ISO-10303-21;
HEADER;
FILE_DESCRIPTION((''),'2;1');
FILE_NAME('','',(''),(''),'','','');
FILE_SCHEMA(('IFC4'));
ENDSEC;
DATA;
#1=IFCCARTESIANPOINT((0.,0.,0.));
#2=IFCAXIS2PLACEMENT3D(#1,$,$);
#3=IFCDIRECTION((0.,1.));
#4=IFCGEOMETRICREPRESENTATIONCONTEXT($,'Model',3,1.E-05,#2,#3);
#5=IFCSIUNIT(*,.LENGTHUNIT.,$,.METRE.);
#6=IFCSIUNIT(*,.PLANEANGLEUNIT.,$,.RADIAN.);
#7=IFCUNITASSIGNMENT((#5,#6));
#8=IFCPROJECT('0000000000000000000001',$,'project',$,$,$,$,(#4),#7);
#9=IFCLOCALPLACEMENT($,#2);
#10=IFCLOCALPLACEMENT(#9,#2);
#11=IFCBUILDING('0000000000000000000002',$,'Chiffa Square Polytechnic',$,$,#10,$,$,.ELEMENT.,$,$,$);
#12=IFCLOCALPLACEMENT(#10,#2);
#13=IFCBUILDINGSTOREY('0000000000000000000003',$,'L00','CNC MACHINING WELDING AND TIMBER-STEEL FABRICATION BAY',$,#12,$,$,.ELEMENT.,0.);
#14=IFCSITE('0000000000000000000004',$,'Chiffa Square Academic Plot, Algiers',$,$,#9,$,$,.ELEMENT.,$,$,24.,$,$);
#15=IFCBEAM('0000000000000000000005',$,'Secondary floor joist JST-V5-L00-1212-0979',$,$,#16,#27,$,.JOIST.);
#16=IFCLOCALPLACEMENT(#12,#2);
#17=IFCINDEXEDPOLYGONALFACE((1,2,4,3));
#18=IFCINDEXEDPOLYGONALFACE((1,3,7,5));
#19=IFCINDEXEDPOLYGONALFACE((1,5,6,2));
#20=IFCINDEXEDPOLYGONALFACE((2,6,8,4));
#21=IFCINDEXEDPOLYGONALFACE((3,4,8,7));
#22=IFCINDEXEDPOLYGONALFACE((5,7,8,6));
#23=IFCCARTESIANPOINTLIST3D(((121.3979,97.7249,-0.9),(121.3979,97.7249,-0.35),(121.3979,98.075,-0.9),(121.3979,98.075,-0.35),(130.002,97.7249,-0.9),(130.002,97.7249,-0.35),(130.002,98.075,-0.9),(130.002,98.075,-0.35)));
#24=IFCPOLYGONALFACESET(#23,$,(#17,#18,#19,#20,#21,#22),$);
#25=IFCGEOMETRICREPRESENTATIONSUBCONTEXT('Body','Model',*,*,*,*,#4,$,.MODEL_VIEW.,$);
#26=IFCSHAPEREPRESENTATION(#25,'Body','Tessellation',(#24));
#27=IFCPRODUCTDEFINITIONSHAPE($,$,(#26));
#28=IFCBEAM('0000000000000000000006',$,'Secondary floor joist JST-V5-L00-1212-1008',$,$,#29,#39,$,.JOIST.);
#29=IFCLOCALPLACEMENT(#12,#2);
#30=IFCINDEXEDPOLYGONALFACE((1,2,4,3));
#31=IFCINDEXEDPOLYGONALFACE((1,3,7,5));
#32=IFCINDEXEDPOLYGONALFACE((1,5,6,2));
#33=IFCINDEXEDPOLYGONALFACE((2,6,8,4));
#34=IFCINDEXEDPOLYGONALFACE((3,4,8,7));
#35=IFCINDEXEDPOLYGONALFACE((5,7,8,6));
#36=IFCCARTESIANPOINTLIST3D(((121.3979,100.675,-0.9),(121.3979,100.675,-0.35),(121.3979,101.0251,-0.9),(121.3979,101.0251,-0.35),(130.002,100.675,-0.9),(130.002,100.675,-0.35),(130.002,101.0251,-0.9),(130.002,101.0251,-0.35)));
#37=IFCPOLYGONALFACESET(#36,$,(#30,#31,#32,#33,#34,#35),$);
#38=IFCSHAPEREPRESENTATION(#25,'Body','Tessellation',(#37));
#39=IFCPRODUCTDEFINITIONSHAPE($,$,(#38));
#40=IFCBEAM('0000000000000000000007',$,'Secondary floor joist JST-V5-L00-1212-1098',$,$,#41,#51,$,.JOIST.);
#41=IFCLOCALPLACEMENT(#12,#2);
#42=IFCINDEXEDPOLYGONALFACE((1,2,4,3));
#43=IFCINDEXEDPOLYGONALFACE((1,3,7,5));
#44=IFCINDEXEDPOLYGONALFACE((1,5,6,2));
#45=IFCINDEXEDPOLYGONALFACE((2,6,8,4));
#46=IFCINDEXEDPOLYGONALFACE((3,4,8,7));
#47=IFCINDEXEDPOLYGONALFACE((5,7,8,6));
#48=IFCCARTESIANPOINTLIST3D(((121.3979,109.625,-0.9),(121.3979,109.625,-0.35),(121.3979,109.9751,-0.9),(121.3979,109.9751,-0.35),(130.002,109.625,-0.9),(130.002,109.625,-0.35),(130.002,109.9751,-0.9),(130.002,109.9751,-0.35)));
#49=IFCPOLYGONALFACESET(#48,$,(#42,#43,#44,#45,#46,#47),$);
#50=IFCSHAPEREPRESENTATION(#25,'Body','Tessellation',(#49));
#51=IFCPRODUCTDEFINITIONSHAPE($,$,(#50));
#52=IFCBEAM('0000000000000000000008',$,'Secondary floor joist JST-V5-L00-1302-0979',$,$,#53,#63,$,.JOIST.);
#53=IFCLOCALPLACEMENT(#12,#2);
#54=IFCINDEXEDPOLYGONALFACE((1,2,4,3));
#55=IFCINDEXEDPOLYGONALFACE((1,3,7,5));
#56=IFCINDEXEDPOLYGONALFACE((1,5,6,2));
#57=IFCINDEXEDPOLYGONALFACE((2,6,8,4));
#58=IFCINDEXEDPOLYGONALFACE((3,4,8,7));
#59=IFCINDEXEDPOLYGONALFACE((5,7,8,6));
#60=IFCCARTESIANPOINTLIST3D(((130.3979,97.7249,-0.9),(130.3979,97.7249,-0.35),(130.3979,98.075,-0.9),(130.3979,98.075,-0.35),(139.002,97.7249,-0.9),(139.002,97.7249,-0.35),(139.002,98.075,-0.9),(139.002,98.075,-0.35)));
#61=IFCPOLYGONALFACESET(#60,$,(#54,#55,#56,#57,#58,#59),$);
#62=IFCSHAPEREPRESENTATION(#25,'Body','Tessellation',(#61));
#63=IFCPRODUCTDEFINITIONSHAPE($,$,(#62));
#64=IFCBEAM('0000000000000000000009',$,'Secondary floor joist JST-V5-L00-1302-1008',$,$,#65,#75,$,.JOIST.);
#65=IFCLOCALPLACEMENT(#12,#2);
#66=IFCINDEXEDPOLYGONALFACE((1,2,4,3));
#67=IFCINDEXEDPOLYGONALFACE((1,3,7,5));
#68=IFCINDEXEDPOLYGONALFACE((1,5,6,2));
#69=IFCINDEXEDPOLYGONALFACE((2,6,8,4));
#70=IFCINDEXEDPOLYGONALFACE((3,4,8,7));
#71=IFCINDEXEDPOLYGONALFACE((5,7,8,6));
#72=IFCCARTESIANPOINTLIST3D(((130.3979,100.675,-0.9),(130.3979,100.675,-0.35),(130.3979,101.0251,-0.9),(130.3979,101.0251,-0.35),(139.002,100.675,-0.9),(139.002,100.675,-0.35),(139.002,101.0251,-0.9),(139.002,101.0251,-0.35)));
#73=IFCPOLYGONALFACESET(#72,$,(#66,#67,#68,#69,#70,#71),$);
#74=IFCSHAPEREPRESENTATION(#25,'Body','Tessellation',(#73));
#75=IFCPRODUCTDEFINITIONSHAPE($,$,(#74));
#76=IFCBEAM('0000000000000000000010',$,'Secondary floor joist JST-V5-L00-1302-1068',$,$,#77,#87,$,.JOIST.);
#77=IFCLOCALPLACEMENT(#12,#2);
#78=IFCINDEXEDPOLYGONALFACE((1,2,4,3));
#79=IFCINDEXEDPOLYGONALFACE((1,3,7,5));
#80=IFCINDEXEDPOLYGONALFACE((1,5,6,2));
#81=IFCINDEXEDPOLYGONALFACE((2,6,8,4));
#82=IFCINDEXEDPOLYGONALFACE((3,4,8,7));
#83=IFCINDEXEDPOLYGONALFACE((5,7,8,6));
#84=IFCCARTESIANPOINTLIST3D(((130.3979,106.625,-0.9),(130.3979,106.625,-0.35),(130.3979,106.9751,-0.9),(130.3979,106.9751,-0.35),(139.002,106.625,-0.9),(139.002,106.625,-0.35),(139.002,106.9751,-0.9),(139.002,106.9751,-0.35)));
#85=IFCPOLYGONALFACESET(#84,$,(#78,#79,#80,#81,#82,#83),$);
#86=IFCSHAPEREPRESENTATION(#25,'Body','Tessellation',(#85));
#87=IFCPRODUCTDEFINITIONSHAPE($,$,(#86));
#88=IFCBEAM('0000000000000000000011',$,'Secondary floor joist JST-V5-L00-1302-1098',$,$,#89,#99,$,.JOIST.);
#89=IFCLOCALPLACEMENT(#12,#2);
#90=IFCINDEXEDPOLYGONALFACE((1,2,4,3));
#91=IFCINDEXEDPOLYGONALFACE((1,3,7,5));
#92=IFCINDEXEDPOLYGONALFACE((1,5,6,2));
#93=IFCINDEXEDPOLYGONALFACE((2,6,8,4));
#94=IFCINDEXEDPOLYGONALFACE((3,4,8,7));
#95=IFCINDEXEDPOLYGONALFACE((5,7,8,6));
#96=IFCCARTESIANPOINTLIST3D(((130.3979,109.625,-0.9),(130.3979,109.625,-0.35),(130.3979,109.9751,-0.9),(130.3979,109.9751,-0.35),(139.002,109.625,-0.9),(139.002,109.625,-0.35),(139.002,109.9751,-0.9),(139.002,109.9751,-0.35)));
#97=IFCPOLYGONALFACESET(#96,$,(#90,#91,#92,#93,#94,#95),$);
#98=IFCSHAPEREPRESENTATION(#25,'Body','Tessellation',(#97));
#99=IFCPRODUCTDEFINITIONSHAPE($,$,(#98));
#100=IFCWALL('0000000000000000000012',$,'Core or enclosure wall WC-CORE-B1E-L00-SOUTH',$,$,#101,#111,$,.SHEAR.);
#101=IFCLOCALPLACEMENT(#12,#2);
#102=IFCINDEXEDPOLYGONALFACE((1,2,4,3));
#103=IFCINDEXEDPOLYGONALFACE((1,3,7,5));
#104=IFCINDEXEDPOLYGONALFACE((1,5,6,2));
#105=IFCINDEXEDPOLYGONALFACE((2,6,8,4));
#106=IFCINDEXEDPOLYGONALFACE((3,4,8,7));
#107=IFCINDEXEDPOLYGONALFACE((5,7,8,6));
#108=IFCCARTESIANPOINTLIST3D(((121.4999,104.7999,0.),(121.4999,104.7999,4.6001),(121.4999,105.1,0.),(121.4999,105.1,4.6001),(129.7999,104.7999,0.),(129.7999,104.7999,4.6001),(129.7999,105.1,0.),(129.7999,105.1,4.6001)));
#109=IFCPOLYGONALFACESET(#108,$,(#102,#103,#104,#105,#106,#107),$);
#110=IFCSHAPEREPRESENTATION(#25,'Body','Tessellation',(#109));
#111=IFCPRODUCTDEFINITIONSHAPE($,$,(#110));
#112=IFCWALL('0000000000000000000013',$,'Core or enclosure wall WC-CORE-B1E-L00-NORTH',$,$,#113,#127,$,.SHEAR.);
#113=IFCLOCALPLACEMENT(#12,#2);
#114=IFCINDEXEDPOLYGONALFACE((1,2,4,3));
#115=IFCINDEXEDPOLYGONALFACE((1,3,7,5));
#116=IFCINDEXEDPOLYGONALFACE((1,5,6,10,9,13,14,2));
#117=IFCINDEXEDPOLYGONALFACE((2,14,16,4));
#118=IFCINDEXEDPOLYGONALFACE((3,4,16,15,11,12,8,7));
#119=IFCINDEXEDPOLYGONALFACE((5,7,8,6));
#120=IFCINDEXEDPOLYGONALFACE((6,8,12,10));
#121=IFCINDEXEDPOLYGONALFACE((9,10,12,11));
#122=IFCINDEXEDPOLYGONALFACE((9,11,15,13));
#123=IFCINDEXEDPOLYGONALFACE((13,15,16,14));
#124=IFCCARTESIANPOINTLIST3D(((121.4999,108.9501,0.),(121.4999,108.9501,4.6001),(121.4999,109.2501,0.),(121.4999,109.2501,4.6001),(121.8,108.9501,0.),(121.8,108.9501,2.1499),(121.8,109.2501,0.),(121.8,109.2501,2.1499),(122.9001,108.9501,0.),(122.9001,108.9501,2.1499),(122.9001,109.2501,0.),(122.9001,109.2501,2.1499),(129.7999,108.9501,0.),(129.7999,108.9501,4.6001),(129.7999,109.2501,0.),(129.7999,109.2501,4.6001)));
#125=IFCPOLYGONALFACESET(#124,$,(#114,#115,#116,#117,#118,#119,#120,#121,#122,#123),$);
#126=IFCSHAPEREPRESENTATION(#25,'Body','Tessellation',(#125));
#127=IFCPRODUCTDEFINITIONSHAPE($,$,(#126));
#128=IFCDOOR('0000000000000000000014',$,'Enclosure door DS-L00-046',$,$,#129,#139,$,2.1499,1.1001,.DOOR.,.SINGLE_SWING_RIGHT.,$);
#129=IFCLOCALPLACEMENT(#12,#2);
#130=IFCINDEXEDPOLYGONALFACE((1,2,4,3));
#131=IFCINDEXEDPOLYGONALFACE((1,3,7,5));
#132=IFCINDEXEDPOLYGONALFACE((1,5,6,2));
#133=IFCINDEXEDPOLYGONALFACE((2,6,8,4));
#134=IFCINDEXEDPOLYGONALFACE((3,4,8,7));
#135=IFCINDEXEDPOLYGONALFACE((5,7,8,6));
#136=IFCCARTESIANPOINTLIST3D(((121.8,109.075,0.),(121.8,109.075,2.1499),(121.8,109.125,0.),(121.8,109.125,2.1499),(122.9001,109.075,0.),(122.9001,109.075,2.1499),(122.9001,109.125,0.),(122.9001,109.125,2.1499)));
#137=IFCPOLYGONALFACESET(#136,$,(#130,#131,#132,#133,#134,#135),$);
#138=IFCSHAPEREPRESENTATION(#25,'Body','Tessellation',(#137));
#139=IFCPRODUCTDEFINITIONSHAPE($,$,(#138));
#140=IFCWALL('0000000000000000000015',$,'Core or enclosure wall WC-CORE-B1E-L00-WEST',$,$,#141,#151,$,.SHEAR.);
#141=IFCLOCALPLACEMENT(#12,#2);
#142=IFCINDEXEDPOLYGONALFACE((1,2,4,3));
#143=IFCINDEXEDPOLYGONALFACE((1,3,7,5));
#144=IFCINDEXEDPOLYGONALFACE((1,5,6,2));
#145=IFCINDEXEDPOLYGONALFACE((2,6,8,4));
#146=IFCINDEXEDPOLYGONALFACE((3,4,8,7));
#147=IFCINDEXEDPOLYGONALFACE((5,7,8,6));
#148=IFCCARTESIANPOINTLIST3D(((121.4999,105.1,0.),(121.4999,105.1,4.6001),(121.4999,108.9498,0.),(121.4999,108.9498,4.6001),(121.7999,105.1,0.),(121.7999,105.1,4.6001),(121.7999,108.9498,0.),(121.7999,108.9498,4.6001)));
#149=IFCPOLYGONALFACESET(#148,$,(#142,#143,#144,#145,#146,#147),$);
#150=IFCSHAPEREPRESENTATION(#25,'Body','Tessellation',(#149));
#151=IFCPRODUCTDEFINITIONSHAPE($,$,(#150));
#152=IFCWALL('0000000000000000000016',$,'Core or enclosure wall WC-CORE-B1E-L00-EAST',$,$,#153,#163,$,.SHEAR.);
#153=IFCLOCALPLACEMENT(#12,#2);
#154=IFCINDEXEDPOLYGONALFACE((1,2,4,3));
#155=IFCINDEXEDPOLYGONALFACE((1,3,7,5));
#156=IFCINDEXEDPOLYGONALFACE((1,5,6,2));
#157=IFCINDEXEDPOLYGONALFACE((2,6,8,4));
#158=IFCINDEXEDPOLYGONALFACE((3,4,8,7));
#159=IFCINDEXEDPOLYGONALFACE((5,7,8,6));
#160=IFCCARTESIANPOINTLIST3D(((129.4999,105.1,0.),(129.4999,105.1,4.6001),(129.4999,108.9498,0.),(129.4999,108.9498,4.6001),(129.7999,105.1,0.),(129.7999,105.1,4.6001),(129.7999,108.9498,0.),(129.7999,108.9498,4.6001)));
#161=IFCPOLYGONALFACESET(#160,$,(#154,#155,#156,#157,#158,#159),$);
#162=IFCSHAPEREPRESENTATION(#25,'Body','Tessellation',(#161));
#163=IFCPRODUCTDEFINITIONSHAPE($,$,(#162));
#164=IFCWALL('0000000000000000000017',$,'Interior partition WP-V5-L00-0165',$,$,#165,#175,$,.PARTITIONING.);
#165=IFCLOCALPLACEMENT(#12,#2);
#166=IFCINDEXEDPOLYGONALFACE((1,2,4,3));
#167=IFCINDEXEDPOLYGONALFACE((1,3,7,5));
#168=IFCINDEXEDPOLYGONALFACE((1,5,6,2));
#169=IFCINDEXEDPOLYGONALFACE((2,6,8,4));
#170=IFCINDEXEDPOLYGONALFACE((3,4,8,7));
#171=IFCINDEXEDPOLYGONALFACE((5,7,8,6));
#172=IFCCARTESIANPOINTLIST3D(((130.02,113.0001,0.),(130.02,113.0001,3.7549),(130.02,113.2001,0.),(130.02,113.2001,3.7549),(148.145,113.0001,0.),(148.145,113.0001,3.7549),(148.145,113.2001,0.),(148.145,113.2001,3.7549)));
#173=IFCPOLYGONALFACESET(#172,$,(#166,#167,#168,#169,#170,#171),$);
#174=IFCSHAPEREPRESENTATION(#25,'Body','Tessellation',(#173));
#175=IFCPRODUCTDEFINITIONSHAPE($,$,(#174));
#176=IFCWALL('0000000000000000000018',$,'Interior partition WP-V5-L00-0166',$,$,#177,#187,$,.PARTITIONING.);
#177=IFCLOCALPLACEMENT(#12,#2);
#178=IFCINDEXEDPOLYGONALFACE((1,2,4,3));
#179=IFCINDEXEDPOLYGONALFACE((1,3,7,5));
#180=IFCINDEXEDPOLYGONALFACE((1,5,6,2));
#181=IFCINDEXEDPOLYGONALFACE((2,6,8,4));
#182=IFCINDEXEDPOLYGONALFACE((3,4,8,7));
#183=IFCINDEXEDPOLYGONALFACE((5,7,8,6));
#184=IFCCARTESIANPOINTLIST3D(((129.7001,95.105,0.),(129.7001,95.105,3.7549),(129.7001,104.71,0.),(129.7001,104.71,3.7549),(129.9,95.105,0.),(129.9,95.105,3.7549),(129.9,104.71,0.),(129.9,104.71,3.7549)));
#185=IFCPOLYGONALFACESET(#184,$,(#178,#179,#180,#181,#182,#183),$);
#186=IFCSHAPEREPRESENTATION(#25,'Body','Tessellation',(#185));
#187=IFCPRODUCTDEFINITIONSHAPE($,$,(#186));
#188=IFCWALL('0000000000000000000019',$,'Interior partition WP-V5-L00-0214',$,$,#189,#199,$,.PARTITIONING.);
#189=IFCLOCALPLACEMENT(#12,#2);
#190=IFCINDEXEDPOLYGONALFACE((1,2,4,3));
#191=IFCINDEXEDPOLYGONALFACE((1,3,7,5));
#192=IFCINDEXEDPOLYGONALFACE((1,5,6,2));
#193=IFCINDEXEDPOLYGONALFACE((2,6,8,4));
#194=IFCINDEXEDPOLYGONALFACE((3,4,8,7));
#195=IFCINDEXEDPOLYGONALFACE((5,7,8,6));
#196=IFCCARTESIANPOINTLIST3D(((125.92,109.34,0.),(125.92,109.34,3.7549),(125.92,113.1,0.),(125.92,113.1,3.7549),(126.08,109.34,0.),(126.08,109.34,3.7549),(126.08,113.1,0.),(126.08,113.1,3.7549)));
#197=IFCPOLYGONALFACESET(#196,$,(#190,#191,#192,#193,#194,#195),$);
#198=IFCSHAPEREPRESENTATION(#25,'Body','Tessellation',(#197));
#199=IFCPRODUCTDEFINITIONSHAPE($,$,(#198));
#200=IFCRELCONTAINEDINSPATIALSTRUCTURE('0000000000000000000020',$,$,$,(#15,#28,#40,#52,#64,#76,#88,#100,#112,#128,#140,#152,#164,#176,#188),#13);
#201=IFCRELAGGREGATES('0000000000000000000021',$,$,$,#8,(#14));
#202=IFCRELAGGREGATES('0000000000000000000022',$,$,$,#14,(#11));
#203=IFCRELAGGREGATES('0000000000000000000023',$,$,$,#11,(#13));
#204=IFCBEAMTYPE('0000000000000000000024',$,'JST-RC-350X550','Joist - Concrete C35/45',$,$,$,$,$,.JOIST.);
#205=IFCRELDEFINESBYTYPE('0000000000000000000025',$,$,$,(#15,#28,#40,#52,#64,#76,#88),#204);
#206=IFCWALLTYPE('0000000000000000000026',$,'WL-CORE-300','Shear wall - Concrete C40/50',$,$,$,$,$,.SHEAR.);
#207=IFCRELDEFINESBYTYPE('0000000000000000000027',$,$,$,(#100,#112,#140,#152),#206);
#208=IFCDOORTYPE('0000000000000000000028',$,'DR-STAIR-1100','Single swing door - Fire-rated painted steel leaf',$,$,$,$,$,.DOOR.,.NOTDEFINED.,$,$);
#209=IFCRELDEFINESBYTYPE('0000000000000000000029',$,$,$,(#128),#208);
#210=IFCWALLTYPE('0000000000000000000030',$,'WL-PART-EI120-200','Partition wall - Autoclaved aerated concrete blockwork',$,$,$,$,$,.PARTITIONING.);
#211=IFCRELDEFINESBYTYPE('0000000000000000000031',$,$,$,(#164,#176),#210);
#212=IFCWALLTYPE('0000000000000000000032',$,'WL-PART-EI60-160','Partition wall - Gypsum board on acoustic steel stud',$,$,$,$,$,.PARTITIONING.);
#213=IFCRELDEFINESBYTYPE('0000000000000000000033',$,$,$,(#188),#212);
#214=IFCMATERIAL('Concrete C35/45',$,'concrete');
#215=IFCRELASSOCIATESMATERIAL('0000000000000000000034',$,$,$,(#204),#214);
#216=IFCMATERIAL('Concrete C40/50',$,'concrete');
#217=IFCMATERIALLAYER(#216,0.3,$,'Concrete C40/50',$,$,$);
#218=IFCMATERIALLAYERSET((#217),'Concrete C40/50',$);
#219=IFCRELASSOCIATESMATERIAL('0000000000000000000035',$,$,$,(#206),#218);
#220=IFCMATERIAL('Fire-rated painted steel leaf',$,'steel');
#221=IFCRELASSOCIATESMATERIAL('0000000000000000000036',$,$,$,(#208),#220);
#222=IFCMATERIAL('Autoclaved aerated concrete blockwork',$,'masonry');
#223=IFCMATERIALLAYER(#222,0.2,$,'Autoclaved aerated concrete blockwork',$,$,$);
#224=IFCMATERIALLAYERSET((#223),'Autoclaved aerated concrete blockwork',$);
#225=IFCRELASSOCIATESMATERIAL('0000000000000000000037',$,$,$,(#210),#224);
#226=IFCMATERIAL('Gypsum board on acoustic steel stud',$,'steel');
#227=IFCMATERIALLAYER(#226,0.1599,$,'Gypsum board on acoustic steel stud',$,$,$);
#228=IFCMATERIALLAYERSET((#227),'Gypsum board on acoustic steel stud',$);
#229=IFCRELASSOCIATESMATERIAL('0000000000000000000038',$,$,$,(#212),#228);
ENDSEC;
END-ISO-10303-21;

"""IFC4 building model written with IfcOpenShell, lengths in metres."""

from ifc_helpers import new_model, si_unit, direction, frame, frame_2d, origin, origin_2d, place, context, subcontext, project, spatial, rectangle, extrude, material, layer, layer_set, material_profile, profile_set, type_object, element, fill, save


model = new_model("IFC4")

# Units and contexts
model_context = context("Model", 3, precision=1e-05, world=origin(), true_north=direction((0.0, 1.0)))
body_context = subcontext(model_context, "Body", "Model", "MODEL_VIEW")
ifc_project = project(units=[si_unit("LENGTHUNIT", "METRE"), si_unit("PLANEANGLEUNIT", "RADIAN")], contexts=[model_context])

# Site, building, storey
site_placement = place(None, origin())
site = spatial("IfcSite", under=ifc_project, at=site_placement, Name="Chiffa Square Academic Plot, Algiers", CompositionType="ELEMENT", RefElevation=24.0)
building_placement = place(site_placement, origin())
building = spatial("IfcBuilding", under=site, at=building_placement, Name="Chiffa Square Polytechnic", CompositionType="ELEMENT")
storey_placement = place(building_placement, origin())
storey = spatial("IfcBuildingStorey", under=building, at=storey_placement, Name="L00", Description="CNC MACHINING WELDING AND TIMBER-STEEL FABRICATION BAY", CompositionType="ELEMENT", Elevation=0.0)

# Shared definitions
ifc_material_1 = material(Name="Concrete C40/50", Category="concrete")

# Beams
ifc_material_2 = material(Name="Concrete C35/45", Category="concrete")
ifc_material_profile_1 = material_profile(ifc_material_2, rectangle(XDim=0.3501, YDim=0.55, at=origin_2d()), Name="RC 350x550")
ifc_profile_set_1 = profile_set([ifc_material_profile_1], Name="Concrete C35/45")
beam_type_1 = type_object("IfcBeamType", Name="JST-RC-350X550", Description="Joist - Concrete C35/45", PredefinedType="JOIST", material=ifc_profile_set_1)
for number, where, z_axis, x_axis, name in (
    (1, (121.3979, 97.8999, -0.625), (1.0, 0.0, 0.0), (0.0, 1.0, 0.0), "Secondary floor joist JST-V5-L00-1212-0979"),
    (2, (121.3979, 100.8501, -0.625), (1.0, 0.0, 0.0), (0.0, 1.0, 0.0), "Secondary floor joist JST-V5-L00-1212-1008"),
    (3, (121.3979, 109.8, -0.625), (1.0, 0.0, 0.0), (0.0, 1.0, 0.0), "Secondary floor joist JST-V5-L00-1212-1098"),
    (4, (130.3979, 97.8999, -0.625), (1.0, 0.0, 0.0), (0.0, 1.0, 0.0), "Secondary floor joist JST-V5-L00-1302-0979"),
    (5, (130.3979, 100.8501, -0.625), (1.0, 0.0, 0.0), (0.0, 1.0, 0.0), "Secondary floor joist JST-V5-L00-1302-1008"),
    (6, (130.3979, 106.8, -0.625), (1.0, 0.0, 0.0), (0.0, 1.0, 0.0), "Secondary floor joist JST-V5-L00-1302-1068"),
    (7, (130.3979, 109.8, -0.625), (1.0, 0.0, 0.0), (0.0, 1.0, 0.0), "Secondary floor joist JST-V5-L00-1302-1098"),
):
    element("IfcBeam", number, at=place(storey_placement, frame(where, z_axis=z_axis, x_axis=x_axis)), inside=storey, type_object=beam_type_1, Name=name, PredefinedType="JOIST", context=body_context, shape_type="SweptSolid", body=[
        extrude(rectangle(XDim=0.3501, YDim=0.55, at=origin_2d()), origin(), (0.0, 0.0, 1.0), 8.604),
    ])

# Wall
ifc_layer_1 = layer(ifc_material_1, 0.3, Name="Concrete C40/50")
ifc_layer_set_1 = layer_set([ifc_layer_1], Name="Concrete C40/50")
wall_type_1 = type_object("IfcWallType", Name="WL-CORE-300", Description="Shear wall - Concrete C40/50", PredefinedType="SHEAR", material=ifc_layer_set_1)
wall_1_placement = place(storey_placement, frame((121.5, 104.95, 0.0), z_axis=(0.0, 0.0, 1.0), x_axis=(1.0, 0.0, 0.0)))
element("IfcWall", 8, at=wall_1_placement, inside=storey, type_object=wall_type_1, Name="Core or enclosure wall WC-CORE-B1E-L00-SOUTH", PredefinedType="SHEAR", context=body_context, shape_type="SweptSolid", body=[
    extrude(rectangle(XDim=8.3, YDim=0.3, at=frame_2d((4.1499, 0.0))), origin(), (0.0, 0.0, 1.0), 4.6001),
])

# Wall, opening, door
wall_2_placement = place(storey_placement, frame((121.5, 109.1001, 0.0), z_axis=(0.0, 0.0, 1.0), x_axis=(1.0, 0.0, 0.0)))
wall_2 = element("IfcWall", 9, at=wall_2_placement, inside=storey, type_object=wall_type_1, Name="Core or enclosure wall WC-CORE-B1E-L00-NORTH", PredefinedType="SHEAR", context=body_context, shape_type="SweptSolid", body=[
    extrude(rectangle(XDim=8.3, YDim=0.3, at=frame_2d((4.1499, 0.0))), origin(), (0.0, 0.0, 1.0), 4.6001),
])
opening_1_placement = place(wall_2_placement, frame((0.3, 0.0, 0.0)))
opening_1 = element("IfcOpeningElement", 10, at=opening_1_placement, cuts=wall_2, PredefinedType="OPENING", context=body_context, shape_type="SweptSolid", body=[
    extrude(rectangle(XDim=1.1001, YDim=2.1499, at=frame_2d((0.55, 1.075))), frame((0.0, 0.1602, 0.0), z_axis=(0.0, -1.0, 0.0), x_axis=(1.0, 0.0, 0.0)), (0.0, 0.0, 1.0), 0.3201),
])
ifc_material_3 = material(Name="Fire-rated painted steel leaf", Category="steel")
door_type_1 = type_object("IfcDoorType", Name="DR-STAIR-1100", Description="Single swing door - Fire-rated painted steel leaf", OperationType="NOTDEFINED", PredefinedType="DOOR", material=ifc_material_3)
door_1_placement = place(opening_1_placement, origin())
door_1 = element("IfcDoor", 11, at=door_1_placement, inside=storey, type_object=door_type_1, Name="Enclosure door DS-L00-046", OperationType="SINGLE_SWING_RIGHT", OverallHeight=2.1499, OverallWidth=1.1001, PredefinedType="DOOR", context=body_context, shape_type="SweptSolid", body=[
    extrude(rectangle(XDim=1.1001, YDim=2.1499, at=frame_2d((0.55, 1.075))), frame((0.0, 0.0249, 0.0), z_axis=(0.0, -1.0, 0.0), x_axis=(1.0, 0.0, 0.0)), (0.0, 0.0, 1.0), 0.05),
])
fill(opening_1, door_1)

# Walls
for number, where, z_axis, x_axis, name in (
    (12, (121.6499, 105.1001, 0.0), (0.0, 0.0, 1.0), (0.0, 1.0, 0.0), "Core or enclosure wall WC-CORE-B1E-L00-WEST"),
    (13, (129.6499, 105.1001, 0.0), (0.0, 0.0, 1.0), (0.0, 1.0, 0.0), "Core or enclosure wall WC-CORE-B1E-L00-EAST"),
):
    element("IfcWall", number, at=place(storey_placement, frame(where, z_axis=z_axis, x_axis=x_axis)), inside=storey, type_object=wall_type_1, Name=name, PredefinedType="SHEAR", context=body_context, shape_type="SweptSolid", body=[
        extrude(rectangle(XDim=3.8499, YDim=0.3, at=frame_2d((1.9248, 0.0))), origin(), (0.0, 0.0, 1.0), 4.6001),
    ])

# Shared definitions
ifc_material_4 = material(Name="Autoclaved aerated concrete blockwork", Category="masonry")
ifc_layer_2 = layer(ifc_material_4, 0.2, Name="Autoclaved aerated concrete blockwork")
ifc_layer_set_2 = layer_set([ifc_layer_2], Name="Autoclaved aerated concrete blockwork")
wall_type_2 = type_object("IfcWallType", Name="WL-PART-EI120-200", Description="Partition wall - Autoclaved aerated concrete blockwork", PredefinedType="PARTITIONING", material=ifc_layer_set_2)

# Walls
wall_3_placement = place(storey_placement, frame((130.02, 113.1001, 0.0), z_axis=(0.0, 0.0, 1.0), x_axis=(1.0, 0.0, 0.0)))
element("IfcWall", 14, at=wall_3_placement, inside=storey, type_object=wall_type_2, Name="Interior partition WP-V5-L00-0165", PredefinedType="PARTITIONING", context=body_context, shape_type="SweptSolid", body=[
    extrude(rectangle(XDim=18.125, YDim=0.2, at=frame_2d((9.0625, 0.0))), origin(), (0.0, 0.0, 1.0), 3.7549),
])
wall_4_placement = place(storey_placement, frame((129.8, 95.105, 0.0), z_axis=(0.0, 0.0, 1.0), x_axis=(0.0, 1.0, 0.0)))
element("IfcWall", 15, at=wall_4_placement, inside=storey, type_object=wall_type_2, Name="Interior partition WP-V5-L00-0166", PredefinedType="PARTITIONING", context=body_context, shape_type="SweptSolid", body=[
    extrude(rectangle(XDim=9.605, YDim=0.2, at=frame_2d((4.8025, 0.0))), origin(), (0.0, 0.0, 1.0), 3.7549),
])
ifc_material_5 = material(Name="Gypsum board on acoustic steel stud", Category="steel")
ifc_layer_3 = layer(ifc_material_5, 0.1599, Name="Gypsum board on acoustic steel stud")
ifc_layer_set_3 = layer_set([ifc_layer_3], Name="Gypsum board on acoustic steel stud")
wall_type_3 = type_object("IfcWallType", Name="WL-PART-EI60-160", Description="Partition wall - Gypsum board on acoustic steel stud", PredefinedType="PARTITIONING", material=ifc_layer_set_3)
wall_5_placement = place(storey_placement, frame((126.0, 109.3401, 0.0), z_axis=(0.0, 0.0, 1.0), x_axis=(0.0, 1.0, 0.0)))
element("IfcWall", 16, at=wall_5_placement, inside=storey, type_object=wall_type_3, Name="Interior partition WP-V5-L00-0214", PredefinedType="PARTITIONING", context=body_context, shape_type="SweptSolid", body=[
    extrude(rectangle(XDim=3.76, YDim=0.1599, at=frame_2d((1.8799, 0.0))), origin(), (0.0, 0.0, 1.0), 3.7549),
])

save(model, "model.ifc")
